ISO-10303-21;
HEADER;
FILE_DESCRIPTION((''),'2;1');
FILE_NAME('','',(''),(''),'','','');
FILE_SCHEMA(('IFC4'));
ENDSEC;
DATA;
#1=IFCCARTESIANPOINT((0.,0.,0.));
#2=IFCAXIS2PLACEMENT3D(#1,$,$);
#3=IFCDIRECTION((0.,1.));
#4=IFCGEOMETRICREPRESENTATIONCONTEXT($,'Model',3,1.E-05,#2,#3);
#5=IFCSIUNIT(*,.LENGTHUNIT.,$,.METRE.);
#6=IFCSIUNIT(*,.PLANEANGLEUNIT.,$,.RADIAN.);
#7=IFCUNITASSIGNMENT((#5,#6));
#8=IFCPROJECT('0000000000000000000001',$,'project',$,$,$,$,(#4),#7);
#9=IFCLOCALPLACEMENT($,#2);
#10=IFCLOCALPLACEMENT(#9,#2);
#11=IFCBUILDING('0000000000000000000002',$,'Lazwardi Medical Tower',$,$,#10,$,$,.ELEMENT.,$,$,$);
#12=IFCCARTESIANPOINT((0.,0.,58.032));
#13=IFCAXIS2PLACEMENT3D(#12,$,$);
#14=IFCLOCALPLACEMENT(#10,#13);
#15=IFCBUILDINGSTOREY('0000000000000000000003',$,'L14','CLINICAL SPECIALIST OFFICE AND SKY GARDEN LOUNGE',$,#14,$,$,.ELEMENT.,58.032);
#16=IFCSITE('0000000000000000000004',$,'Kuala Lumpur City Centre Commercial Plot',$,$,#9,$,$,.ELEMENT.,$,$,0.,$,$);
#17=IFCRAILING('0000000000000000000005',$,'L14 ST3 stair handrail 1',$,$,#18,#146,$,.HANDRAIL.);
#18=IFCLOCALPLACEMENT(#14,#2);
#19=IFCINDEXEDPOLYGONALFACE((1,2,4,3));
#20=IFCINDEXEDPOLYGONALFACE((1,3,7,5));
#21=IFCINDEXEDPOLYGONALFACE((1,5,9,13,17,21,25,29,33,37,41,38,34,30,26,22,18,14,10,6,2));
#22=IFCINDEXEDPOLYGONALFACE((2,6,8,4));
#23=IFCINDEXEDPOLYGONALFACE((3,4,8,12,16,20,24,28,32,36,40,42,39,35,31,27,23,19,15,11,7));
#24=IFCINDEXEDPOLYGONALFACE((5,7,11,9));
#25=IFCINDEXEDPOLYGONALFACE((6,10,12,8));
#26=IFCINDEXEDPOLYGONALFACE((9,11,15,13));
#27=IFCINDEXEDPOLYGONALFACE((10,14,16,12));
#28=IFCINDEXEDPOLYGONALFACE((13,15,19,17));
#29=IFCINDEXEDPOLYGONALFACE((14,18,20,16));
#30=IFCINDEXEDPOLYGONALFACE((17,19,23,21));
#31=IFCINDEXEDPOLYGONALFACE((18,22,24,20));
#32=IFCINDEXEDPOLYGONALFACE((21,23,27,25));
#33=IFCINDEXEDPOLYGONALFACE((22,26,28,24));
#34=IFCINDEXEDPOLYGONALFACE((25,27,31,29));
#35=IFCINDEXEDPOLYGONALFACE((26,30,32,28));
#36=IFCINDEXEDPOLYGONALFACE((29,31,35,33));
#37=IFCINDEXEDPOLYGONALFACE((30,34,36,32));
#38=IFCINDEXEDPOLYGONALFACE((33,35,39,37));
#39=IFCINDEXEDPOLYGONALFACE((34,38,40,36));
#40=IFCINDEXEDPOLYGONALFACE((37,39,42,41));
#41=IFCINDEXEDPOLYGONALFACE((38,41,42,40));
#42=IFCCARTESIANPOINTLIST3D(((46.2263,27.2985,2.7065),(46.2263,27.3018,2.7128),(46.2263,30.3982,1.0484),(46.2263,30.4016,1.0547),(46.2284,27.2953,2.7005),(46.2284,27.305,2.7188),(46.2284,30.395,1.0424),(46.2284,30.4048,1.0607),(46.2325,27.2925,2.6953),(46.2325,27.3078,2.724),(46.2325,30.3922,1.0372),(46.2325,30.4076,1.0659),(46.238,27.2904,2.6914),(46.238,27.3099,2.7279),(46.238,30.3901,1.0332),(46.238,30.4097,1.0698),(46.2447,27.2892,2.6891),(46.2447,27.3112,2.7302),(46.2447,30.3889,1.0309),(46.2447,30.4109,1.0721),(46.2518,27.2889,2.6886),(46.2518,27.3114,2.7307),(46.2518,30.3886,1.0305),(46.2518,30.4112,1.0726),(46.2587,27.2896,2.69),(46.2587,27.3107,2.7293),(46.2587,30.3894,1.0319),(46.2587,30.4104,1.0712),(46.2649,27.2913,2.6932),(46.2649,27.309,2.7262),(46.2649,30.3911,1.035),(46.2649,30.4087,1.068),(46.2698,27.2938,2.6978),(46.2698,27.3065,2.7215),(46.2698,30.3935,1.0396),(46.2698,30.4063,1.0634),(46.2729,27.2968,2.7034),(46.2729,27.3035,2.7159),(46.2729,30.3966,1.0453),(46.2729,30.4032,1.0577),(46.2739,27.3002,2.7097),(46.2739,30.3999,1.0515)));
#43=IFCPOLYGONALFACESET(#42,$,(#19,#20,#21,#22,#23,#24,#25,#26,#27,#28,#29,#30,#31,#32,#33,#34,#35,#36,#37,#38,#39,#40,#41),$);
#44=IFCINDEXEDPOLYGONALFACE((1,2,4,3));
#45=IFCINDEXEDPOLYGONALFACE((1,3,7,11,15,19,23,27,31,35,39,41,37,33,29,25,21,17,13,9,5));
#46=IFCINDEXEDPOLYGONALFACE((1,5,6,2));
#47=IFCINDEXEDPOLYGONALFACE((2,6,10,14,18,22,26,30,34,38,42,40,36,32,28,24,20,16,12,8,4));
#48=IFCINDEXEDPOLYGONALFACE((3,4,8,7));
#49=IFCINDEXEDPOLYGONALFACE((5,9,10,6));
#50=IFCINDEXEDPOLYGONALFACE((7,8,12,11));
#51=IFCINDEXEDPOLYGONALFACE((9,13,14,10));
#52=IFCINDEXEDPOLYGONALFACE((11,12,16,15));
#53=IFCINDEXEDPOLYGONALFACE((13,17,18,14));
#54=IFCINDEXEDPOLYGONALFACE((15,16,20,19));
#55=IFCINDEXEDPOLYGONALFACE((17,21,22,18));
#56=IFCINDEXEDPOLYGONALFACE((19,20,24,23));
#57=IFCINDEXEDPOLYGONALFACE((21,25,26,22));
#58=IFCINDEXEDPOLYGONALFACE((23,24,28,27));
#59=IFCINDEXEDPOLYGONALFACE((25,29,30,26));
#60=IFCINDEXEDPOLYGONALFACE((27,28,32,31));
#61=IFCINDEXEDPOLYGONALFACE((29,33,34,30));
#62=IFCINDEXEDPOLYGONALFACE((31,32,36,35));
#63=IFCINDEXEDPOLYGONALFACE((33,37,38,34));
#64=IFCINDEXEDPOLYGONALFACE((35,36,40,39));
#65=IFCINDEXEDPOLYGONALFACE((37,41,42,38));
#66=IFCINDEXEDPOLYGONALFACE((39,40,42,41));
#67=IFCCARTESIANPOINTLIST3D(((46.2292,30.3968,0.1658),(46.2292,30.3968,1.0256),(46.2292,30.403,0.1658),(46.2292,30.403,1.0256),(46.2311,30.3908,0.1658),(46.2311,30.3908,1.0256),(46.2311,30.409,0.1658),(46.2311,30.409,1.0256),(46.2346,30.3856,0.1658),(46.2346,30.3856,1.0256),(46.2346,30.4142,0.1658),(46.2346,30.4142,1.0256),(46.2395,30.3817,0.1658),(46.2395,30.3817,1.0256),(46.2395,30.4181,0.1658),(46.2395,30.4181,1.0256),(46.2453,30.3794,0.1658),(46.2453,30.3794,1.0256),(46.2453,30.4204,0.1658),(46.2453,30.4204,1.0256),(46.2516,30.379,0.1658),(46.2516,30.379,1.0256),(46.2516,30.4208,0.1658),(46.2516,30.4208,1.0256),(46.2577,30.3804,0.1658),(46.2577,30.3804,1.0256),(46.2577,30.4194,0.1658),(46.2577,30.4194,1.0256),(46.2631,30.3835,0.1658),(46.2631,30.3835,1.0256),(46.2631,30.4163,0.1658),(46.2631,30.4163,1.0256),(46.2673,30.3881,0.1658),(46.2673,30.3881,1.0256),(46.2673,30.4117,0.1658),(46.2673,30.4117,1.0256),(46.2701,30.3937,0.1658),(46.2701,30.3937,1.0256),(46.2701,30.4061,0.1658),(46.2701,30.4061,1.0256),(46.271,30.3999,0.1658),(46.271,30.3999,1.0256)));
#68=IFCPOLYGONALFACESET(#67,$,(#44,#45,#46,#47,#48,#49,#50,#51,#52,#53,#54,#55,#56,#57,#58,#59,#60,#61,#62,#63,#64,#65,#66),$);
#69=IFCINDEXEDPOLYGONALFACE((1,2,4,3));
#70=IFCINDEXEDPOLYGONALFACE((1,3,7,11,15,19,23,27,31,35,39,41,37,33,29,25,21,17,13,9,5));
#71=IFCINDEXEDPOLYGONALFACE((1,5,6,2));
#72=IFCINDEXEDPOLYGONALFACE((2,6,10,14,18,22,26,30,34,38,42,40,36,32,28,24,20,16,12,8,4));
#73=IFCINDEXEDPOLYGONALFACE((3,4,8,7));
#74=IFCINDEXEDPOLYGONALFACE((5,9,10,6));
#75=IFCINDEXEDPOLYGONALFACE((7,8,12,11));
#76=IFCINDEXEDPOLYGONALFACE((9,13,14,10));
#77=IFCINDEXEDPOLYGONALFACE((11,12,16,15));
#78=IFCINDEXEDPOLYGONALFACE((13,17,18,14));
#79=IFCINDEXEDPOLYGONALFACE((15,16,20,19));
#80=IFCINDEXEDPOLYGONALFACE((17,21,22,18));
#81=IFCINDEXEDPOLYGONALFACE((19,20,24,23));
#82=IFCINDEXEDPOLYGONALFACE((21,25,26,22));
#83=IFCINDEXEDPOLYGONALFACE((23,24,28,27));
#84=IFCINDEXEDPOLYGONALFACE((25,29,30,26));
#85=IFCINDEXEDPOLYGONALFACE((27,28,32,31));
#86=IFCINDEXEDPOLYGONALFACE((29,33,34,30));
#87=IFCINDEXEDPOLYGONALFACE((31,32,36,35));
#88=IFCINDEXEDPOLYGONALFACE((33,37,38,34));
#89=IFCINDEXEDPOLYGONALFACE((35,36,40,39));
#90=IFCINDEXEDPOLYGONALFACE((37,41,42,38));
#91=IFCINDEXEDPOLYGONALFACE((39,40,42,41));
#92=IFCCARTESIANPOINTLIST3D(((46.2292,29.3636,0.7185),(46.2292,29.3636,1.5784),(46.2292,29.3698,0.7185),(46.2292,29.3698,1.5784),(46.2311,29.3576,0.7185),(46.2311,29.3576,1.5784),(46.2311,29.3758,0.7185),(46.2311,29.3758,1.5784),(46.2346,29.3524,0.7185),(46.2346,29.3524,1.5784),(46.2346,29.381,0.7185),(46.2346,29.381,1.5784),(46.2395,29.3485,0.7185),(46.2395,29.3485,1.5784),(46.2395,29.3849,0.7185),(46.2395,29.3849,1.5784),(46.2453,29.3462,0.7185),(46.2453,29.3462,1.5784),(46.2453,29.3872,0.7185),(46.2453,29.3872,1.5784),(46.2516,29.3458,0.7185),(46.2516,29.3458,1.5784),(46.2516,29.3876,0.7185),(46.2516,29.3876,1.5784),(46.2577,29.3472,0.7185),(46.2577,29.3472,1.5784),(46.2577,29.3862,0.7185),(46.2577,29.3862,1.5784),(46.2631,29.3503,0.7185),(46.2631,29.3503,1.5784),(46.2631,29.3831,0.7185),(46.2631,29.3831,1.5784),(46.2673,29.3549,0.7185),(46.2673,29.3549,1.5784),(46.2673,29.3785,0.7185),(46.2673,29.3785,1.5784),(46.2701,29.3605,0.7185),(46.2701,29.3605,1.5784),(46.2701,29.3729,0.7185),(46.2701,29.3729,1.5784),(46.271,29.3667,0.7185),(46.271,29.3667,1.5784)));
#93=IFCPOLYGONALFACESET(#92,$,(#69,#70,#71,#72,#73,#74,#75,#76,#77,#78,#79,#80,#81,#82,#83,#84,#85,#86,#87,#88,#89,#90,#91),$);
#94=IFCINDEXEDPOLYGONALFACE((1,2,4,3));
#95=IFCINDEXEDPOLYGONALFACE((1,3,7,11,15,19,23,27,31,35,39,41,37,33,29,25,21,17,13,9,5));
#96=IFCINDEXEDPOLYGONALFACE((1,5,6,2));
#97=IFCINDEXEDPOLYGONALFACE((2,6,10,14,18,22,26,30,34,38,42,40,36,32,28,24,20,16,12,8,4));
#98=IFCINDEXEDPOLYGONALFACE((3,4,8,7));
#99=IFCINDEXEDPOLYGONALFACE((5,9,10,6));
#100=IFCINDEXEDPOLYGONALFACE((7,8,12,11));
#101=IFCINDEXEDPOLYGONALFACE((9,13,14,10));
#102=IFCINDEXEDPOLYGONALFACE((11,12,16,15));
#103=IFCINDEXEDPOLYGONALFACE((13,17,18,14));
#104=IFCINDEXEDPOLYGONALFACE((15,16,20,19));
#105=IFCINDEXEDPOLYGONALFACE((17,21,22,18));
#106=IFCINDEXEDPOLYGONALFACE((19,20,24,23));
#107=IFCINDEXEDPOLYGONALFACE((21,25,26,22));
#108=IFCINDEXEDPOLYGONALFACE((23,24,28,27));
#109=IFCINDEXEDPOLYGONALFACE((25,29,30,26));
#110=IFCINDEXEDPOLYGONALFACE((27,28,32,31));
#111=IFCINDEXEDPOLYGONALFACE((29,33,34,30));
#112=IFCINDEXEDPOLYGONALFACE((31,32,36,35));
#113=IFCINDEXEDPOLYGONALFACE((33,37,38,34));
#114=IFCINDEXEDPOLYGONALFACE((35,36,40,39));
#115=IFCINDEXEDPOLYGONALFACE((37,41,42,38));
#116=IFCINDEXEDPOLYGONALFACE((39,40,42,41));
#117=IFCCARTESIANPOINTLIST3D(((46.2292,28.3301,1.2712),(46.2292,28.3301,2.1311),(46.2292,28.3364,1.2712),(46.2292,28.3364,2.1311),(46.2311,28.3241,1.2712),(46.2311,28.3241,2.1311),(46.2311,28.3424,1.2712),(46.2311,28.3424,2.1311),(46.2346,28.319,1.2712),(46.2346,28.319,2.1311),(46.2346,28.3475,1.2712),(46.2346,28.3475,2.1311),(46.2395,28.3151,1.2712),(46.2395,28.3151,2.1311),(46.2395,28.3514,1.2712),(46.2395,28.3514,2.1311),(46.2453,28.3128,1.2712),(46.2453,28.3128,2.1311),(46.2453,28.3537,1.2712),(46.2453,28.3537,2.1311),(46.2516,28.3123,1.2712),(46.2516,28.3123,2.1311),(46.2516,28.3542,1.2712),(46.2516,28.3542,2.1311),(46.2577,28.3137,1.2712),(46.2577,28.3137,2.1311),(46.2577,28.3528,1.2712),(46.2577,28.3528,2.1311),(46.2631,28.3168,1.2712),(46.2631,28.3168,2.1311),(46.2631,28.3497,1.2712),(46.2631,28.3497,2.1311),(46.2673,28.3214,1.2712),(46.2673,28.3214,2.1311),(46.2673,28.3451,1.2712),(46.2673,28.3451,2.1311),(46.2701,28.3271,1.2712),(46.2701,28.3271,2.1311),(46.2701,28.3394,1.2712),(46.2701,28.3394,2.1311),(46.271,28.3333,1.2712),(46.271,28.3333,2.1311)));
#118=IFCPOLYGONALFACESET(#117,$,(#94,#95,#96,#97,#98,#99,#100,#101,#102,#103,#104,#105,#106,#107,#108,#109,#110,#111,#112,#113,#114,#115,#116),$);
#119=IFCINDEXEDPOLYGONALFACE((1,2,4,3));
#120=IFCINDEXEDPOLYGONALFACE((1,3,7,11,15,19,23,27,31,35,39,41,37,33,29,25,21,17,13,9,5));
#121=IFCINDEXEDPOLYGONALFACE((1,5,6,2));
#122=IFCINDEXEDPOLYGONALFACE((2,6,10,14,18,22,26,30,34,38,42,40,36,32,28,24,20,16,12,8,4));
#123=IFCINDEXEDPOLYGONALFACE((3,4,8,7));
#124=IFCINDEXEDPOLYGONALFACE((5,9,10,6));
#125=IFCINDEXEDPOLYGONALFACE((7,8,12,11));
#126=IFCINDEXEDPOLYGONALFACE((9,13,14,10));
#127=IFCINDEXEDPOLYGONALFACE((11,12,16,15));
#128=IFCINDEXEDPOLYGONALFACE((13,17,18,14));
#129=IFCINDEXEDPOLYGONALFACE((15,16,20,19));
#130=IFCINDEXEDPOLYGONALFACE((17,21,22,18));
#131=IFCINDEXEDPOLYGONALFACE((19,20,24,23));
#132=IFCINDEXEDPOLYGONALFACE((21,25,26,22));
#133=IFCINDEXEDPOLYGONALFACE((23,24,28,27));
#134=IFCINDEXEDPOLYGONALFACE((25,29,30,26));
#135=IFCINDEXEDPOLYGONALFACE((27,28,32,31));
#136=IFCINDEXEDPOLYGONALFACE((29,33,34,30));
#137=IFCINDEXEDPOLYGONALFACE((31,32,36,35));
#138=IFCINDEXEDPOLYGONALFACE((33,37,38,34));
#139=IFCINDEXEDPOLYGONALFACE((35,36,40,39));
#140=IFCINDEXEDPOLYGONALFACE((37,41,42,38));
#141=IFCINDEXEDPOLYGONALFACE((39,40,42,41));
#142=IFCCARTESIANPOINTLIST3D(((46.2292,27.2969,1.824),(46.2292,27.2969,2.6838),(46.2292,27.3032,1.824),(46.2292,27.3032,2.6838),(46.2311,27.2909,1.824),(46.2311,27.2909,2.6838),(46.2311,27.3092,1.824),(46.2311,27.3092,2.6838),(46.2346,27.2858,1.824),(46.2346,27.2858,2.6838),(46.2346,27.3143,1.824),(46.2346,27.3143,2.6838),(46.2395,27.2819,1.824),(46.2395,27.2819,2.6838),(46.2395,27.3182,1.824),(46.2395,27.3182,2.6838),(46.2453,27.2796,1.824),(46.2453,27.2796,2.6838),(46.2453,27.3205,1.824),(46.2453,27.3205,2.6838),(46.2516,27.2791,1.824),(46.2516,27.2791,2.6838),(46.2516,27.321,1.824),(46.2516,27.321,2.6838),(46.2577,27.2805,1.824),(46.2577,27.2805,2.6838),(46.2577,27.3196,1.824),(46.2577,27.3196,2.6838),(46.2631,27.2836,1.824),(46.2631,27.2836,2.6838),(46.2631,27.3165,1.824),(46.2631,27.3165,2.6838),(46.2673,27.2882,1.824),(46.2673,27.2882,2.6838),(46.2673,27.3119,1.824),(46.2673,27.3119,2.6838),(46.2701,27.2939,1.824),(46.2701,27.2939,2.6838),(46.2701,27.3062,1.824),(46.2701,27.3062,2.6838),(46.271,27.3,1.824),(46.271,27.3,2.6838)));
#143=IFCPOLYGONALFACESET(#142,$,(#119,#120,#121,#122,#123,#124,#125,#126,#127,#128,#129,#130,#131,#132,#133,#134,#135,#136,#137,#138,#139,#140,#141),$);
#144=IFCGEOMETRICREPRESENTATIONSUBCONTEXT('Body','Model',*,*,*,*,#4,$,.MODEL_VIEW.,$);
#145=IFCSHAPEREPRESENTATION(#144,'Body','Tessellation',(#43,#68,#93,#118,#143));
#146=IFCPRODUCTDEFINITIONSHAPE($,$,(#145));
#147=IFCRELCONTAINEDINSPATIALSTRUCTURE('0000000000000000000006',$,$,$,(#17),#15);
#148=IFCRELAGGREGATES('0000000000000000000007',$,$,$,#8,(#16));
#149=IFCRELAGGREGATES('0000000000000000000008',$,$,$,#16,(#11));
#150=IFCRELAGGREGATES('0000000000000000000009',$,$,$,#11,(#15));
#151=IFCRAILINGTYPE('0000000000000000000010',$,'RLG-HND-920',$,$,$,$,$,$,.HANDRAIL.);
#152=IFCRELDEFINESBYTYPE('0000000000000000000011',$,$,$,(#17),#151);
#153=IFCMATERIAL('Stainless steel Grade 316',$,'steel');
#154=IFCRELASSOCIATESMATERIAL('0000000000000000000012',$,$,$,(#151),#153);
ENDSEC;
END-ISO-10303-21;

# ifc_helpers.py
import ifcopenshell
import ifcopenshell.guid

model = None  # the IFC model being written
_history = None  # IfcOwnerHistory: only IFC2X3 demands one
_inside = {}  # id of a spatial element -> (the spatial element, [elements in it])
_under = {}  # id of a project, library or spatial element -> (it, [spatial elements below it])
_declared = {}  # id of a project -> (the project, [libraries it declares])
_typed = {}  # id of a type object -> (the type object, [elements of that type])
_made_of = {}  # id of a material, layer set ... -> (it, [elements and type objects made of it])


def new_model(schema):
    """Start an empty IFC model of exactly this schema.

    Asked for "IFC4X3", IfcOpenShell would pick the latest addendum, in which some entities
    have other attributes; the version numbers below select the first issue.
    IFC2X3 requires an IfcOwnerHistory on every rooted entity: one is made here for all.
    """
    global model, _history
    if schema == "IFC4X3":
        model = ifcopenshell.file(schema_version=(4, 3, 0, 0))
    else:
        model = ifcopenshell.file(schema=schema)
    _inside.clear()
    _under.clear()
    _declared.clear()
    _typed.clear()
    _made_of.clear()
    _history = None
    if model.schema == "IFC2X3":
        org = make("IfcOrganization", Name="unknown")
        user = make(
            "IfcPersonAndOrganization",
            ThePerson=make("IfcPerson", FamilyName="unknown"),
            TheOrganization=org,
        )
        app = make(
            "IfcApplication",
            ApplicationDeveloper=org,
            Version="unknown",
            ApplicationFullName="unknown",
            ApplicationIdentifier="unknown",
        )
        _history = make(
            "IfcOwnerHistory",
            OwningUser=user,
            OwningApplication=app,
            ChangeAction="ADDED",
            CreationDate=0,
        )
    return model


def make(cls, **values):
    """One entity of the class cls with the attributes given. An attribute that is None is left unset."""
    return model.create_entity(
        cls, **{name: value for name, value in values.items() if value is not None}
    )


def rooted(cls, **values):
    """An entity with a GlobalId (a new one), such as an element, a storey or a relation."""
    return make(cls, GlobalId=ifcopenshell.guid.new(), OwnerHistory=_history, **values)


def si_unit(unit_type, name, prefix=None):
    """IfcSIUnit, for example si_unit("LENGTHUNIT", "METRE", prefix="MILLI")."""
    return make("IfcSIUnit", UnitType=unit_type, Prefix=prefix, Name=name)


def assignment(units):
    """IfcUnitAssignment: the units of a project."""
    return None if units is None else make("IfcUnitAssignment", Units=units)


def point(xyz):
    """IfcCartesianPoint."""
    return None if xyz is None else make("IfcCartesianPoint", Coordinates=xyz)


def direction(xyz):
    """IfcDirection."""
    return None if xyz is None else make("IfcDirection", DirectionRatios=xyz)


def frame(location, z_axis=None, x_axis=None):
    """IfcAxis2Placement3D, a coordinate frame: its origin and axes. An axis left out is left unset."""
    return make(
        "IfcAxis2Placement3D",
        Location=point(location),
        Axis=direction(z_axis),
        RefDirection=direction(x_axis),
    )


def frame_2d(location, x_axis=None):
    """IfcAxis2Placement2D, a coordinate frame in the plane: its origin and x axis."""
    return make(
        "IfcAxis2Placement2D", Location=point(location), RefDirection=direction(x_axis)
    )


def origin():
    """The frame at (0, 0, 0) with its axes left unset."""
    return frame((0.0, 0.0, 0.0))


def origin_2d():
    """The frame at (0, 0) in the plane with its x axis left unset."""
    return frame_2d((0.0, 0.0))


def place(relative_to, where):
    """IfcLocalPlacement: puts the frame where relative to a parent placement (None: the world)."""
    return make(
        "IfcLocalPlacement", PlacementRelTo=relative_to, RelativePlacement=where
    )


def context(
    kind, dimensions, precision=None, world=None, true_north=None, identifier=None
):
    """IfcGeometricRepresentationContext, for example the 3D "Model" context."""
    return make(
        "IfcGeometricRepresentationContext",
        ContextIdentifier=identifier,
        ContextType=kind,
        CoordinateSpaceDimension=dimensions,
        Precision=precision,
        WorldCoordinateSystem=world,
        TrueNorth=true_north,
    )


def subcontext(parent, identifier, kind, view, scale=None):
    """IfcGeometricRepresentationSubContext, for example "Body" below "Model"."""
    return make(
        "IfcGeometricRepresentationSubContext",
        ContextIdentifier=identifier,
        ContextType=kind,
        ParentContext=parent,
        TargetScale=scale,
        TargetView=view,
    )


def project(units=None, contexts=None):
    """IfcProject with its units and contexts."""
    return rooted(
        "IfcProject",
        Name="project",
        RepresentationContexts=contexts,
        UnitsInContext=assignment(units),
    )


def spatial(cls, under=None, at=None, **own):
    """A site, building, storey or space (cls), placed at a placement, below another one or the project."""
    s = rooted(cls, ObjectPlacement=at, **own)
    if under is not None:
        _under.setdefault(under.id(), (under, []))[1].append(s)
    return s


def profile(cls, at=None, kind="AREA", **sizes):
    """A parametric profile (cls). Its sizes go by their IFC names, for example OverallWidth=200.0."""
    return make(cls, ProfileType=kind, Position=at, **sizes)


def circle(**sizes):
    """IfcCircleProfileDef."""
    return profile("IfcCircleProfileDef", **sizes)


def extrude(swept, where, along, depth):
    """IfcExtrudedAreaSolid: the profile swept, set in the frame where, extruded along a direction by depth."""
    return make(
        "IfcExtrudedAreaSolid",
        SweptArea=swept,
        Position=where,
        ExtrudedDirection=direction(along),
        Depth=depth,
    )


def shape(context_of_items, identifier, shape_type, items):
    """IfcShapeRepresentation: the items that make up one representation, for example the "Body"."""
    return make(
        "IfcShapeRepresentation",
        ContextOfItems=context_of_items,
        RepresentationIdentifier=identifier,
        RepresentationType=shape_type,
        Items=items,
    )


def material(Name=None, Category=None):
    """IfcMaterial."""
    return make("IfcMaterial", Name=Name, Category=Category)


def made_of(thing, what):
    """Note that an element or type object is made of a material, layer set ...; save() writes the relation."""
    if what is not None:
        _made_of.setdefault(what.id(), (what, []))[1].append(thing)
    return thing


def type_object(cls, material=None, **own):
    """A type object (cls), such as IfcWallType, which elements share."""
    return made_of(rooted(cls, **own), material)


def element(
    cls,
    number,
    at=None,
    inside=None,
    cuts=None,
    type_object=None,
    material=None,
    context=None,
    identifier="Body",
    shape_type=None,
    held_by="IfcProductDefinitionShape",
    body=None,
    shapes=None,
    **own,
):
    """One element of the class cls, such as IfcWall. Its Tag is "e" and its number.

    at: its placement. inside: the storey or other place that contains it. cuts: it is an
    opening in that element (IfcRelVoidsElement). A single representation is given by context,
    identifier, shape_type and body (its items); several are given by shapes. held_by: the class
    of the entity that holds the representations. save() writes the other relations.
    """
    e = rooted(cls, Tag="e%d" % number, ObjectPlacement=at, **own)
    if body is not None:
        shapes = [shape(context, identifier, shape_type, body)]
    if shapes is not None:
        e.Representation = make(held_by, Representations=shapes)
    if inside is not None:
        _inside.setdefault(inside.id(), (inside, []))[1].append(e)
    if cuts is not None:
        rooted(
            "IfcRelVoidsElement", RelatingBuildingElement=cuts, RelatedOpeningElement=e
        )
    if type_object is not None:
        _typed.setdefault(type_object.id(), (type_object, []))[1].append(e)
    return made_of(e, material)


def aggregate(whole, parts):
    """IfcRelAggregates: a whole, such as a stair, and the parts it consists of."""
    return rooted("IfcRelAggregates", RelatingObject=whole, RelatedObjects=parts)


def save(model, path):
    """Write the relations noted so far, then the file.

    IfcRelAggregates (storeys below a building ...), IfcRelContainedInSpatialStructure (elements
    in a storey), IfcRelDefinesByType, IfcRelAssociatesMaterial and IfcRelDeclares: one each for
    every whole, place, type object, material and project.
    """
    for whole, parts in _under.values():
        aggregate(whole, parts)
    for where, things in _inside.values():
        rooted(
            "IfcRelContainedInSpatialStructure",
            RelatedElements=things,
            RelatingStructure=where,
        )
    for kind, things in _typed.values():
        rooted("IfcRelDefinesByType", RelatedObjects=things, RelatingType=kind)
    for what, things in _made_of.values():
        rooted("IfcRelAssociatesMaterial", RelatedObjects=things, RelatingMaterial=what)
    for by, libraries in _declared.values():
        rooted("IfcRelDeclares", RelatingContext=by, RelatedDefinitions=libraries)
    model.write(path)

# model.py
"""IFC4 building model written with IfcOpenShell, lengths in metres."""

from ifc_helpers import new_model, si_unit, direction, frame, origin, origin_2d, place, context, subcontext, project, spatial, circle, extrude, material, type_object, element, save


model = new_model("IFC4")

# Units and contexts
model_context = context("Model", 3, precision=1e-05, world=origin(), true_north=direction((0.0, 1.0)))
body_context = subcontext(model_context, "Body", "Model", "MODEL_VIEW")
ifc_project = project(units=[si_unit("LENGTHUNIT", "METRE"), si_unit("PLANEANGLEUNIT", "RADIAN")], contexts=[model_context])

# Site, building, storey
site_placement = place(None, origin())
site = spatial("IfcSite", under=ifc_project, at=site_placement, Name="Kuala Lumpur City Centre Commercial Plot", CompositionType="ELEMENT", RefElevation=0.0)
building_placement = place(site_placement, origin())
building = spatial("IfcBuilding", under=site, at=building_placement, Name="Lazwardi Medical Tower", CompositionType="ELEMENT")
storey_placement = place(building_placement, frame((0.0, 0.0, 58.032)))
storey = spatial("IfcBuildingStorey", under=building, at=storey_placement, Name="L14", Description="CLINICAL SPECIALIST OFFICE AND SKY GARDEN LOUNGE", CompositionType="ELEMENT", Elevation=58.032)

# Railing
ifc_material_1 = material(Name="Stainless steel Grade 316", Category="steel")
railing_type_1 = type_object("IfcRailingType", Name="RLG-HND-920", PredefinedType="HANDRAIL", material=ifc_material_1)
railing_1_placement = place(storey_placement, frame((46.25, 30.3999, 0.1658)))
element("IfcRailing", 1, at=railing_1_placement, inside=storey, type_object=railing_type_1, Name="L14 ST3 stair handrail 1", PredefinedType="HANDRAIL", context=body_context, shape_type="SweptSolid", body=[
    extrude(circle(Radius=0.0239, at=origin_2d()), frame((0.0, 0.0, 0.8857), z_axis=(0.0, -0.881768, 0.471684), x_axis=(1.0, 0.0, 0.0)), (0.0, 0.0, 1.0), 3.5154),
    extrude(circle(Radius=0.021, at=origin_2d()), origin(), (0.0, 0.0, 1.0), 0.8599),
    extrude(circle(Radius=0.021, at=origin_2d()), frame((0.0, -1.0332, 0.5527)), (0.0, 0.0, 1.0), 0.8599),
    extrude(circle(Radius=0.021, at=origin_2d()), frame((0.0, -2.0667, 1.1055)), (0.0, 0.0, 1.0), 0.8599),
    extrude(circle(Radius=0.021, at=origin_2d()), frame((0.0, -3.0999, 1.6582)), (0.0, 0.0, 1.0), 0.8599),
])

save(model, "model.ifc")
